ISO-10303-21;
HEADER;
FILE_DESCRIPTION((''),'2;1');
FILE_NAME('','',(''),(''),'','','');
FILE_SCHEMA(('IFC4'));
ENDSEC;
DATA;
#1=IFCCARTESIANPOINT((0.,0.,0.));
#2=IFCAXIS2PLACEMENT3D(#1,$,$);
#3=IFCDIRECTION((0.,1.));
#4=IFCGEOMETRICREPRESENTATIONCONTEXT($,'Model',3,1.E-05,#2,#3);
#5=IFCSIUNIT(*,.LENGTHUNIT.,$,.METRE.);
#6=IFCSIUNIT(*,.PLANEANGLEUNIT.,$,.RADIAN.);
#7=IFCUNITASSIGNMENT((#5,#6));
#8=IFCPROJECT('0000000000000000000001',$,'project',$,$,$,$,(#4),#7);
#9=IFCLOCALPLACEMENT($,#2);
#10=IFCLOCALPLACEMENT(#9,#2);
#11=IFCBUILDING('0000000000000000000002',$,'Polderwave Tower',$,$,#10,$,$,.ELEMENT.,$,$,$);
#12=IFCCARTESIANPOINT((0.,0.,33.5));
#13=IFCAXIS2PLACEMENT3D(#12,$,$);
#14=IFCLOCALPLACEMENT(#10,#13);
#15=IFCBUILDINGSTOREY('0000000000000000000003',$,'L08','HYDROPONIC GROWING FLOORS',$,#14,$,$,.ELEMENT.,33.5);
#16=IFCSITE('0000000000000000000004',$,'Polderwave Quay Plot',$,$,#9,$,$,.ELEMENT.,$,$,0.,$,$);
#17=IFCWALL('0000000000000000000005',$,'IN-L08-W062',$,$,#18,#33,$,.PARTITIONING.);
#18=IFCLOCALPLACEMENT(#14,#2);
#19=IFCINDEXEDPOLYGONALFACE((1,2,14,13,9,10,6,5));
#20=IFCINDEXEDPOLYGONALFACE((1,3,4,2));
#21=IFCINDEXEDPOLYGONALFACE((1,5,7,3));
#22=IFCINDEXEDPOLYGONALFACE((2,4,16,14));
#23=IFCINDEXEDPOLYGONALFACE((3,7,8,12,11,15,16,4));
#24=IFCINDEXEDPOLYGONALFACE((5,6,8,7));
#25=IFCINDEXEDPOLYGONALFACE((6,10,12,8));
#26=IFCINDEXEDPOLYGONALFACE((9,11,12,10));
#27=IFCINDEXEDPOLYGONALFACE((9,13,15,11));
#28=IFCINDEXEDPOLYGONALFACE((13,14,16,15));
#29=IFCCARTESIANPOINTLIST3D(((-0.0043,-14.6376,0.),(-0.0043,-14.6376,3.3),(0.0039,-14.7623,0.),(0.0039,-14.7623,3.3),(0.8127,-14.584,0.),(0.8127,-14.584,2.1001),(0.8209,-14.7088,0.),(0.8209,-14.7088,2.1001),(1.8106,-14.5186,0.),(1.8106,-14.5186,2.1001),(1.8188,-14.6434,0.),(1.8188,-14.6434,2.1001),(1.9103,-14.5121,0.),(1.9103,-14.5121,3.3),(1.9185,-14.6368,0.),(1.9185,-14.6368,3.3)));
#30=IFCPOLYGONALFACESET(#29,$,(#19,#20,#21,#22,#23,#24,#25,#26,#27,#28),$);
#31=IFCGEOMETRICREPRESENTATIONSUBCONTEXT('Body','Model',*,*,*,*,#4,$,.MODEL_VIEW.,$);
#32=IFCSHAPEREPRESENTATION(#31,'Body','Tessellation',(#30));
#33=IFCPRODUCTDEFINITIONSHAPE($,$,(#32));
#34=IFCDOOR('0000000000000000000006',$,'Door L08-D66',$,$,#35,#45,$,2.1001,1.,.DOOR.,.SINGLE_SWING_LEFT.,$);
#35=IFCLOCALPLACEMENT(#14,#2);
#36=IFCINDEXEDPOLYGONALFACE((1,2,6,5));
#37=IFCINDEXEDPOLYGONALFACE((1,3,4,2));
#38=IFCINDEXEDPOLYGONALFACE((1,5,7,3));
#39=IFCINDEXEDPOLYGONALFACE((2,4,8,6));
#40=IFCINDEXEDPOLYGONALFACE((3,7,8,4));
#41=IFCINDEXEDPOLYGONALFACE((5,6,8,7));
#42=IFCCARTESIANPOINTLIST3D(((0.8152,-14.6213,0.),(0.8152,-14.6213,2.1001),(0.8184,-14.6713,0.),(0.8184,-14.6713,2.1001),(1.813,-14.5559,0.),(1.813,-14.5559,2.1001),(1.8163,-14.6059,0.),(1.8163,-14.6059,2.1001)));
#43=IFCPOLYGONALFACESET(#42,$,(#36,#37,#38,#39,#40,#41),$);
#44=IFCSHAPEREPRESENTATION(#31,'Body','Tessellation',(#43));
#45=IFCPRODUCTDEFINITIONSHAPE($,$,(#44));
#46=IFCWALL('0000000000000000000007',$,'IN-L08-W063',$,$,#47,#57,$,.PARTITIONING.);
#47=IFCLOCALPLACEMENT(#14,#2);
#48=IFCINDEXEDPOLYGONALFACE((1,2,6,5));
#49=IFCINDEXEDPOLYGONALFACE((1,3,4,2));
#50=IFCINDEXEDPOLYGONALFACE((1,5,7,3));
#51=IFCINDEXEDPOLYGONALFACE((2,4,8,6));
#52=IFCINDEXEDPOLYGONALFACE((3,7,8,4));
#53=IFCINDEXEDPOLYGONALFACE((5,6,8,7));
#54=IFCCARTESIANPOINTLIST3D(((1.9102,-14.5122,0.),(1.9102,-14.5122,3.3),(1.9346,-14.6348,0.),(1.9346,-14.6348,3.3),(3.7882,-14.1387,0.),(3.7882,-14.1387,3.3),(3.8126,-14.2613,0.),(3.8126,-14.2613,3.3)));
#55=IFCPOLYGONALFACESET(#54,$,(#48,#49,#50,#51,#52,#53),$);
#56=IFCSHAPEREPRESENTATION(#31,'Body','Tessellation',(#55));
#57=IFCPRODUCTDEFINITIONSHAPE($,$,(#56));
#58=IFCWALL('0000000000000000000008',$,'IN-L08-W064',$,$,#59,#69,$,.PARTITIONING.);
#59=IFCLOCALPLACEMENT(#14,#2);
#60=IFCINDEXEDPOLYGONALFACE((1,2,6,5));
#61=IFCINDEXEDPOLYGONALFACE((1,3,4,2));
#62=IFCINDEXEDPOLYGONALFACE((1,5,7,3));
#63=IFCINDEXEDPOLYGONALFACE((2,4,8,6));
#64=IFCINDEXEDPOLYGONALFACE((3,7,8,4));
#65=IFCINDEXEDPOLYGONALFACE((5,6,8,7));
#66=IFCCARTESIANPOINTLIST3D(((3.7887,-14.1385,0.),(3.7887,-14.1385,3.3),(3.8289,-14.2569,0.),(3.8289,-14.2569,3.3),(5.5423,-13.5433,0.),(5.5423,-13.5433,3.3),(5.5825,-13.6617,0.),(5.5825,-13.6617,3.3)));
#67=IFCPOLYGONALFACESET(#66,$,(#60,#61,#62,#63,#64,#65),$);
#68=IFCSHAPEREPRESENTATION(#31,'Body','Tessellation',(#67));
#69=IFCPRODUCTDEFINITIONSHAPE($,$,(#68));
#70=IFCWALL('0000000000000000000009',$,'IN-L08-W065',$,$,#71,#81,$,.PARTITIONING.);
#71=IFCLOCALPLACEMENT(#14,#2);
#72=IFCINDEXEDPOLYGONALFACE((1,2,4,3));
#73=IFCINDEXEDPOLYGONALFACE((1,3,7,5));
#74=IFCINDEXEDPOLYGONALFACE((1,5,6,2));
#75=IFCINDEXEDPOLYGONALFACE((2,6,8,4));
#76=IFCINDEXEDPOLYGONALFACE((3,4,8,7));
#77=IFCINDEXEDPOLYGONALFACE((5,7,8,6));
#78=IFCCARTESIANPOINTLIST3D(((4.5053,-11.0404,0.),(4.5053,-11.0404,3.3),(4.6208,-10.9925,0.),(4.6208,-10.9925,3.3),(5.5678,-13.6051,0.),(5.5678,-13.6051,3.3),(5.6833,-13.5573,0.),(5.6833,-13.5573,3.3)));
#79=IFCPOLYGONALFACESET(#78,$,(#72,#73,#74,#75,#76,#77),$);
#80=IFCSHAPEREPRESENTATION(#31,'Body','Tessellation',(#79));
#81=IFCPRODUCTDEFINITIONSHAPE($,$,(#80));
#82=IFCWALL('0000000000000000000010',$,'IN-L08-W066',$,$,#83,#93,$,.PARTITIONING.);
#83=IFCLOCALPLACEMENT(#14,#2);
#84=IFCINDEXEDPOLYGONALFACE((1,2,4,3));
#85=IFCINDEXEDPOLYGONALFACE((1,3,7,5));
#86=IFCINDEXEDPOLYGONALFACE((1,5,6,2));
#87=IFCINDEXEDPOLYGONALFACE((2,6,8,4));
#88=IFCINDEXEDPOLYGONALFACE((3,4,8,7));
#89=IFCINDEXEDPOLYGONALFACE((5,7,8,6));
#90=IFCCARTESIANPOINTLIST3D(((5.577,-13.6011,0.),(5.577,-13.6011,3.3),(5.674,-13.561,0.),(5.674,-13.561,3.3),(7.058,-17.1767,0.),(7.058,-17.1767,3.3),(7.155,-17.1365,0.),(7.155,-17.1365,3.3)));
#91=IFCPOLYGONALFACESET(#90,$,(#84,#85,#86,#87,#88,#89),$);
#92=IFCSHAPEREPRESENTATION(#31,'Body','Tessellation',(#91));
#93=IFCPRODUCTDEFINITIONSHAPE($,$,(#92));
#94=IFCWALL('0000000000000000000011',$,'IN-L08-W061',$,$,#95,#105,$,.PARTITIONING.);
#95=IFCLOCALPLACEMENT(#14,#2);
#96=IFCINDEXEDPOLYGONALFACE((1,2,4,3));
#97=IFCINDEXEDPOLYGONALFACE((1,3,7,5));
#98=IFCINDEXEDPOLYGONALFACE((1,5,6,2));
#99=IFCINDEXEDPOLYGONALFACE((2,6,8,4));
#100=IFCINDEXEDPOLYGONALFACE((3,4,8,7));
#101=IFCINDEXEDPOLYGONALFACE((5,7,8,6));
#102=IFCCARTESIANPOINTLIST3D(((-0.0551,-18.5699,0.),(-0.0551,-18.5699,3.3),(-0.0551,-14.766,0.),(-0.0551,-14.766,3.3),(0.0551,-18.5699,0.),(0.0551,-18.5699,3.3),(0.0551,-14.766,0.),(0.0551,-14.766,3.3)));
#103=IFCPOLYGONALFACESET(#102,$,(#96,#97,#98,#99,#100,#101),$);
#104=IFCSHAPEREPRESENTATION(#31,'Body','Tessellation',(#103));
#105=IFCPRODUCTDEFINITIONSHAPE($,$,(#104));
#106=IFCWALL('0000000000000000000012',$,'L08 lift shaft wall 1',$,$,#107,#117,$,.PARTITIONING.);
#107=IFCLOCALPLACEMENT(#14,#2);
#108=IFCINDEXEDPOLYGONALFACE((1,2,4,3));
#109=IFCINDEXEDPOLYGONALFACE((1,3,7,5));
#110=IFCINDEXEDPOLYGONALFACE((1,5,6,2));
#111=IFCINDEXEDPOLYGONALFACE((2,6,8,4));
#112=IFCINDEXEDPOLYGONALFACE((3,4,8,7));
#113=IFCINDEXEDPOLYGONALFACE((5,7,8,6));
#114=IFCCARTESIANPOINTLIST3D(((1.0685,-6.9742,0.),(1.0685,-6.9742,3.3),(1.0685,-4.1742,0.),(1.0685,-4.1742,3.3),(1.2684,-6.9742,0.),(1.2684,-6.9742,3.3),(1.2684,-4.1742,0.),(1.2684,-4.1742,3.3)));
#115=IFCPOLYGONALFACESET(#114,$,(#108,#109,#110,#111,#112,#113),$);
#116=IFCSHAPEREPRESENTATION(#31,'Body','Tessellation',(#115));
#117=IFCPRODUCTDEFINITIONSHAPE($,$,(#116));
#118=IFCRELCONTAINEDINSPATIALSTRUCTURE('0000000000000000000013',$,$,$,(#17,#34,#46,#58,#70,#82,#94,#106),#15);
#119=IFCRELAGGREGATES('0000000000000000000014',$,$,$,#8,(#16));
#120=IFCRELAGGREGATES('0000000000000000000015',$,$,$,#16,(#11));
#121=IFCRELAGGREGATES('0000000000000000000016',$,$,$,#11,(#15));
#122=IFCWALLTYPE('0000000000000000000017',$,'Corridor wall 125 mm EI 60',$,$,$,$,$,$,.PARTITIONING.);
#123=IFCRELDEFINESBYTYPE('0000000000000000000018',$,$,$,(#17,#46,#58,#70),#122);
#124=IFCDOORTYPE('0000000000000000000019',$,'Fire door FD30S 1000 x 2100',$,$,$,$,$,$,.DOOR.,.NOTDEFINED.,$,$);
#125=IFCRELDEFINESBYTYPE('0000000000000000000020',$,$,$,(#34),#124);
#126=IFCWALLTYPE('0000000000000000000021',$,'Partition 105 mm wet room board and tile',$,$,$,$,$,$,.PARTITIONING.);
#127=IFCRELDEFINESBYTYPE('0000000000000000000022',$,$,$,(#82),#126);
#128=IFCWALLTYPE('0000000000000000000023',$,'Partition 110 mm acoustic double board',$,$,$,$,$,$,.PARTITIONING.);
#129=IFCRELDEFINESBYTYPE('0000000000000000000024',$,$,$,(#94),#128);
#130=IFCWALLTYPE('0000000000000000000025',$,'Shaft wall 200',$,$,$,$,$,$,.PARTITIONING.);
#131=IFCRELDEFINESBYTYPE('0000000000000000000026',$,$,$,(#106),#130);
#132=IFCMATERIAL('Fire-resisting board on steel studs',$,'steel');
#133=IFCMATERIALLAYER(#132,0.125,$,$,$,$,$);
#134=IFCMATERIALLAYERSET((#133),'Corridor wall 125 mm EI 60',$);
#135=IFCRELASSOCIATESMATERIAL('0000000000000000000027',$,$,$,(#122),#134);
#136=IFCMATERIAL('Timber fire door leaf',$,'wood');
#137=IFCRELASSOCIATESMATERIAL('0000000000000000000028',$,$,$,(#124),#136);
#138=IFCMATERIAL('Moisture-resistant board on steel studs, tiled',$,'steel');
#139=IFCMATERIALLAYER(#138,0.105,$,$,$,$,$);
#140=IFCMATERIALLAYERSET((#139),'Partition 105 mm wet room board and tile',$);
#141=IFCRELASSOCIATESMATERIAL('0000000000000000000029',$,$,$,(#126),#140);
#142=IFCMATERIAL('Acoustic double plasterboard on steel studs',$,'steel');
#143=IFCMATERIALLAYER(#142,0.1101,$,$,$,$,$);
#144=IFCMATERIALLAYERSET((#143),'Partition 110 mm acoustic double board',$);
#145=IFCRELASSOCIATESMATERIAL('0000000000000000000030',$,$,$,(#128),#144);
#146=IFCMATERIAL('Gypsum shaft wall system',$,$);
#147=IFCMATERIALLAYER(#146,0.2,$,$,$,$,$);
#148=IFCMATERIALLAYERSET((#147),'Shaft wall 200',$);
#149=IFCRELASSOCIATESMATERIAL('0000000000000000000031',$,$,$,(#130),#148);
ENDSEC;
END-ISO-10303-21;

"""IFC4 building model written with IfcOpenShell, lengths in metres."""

from ifc_helpers import new_model, si_unit, direction, frame, frame_2d, origin, place, context, subcontext, project, spatial, rectangle, extrude, material, layer, layer_set, type_object, element, fill, save


model = new_model("IFC4")

# Units and contexts
model_context = context("Model", 3, precision=1e-05, world=origin(), true_north=direction((0.0, 1.0)))
body_context = subcontext(model_context, "Body", "Model", "MODEL_VIEW")
ifc_project = project(units=[si_unit("LENGTHUNIT", "METRE"), si_unit("PLANEANGLEUNIT", "RADIAN")], contexts=[model_context])

# Site, building, storey
site_placement = place(None, origin())
site = spatial("IfcSite", under=ifc_project, at=site_placement, Name="Polderwave Quay Plot", CompositionType="ELEMENT", RefElevation=0.0)
building_placement = place(site_placement, origin())
building = spatial("IfcBuilding", under=site, at=building_placement, Name="Polderwave Tower", CompositionType="ELEMENT")
storey_placement = place(building_placement, frame((0.0, 0.0, 33.5)))
storey = spatial("IfcBuildingStorey", under=building, at=storey_placement, Name="L08", Description="HYDROPONIC GROWING FLOORS", CompositionType="ELEMENT", Elevation=33.5)

# Shared definitions
ifc_material_1 = material(Name="Fire-resisting board on steel studs", Category="steel")
ifc_layer_1 = layer(ifc_material_1, 0.125)
ifc_layer_set_1 = layer_set([ifc_layer_1], Name="Corridor wall 125 mm EI 60")
wall_type_1 = type_object("IfcWallType", Name="Corridor wall 125 mm EI 60", PredefinedType="PARTITIONING", material=ifc_layer_set_1)

# Wall, opening, door
ifc_material_2 = material(Name="Timber fire door leaf", Category="wood")
door_type = type_object("IfcDoorType", Name="Fire door FD30S 1000 x 2100", OperationType="NOTDEFINED", PredefinedType="DOOR", material=ifc_material_2)
wall_1_placement = place(storey_placement, frame((1.9146, -14.5745, 0.0), z_axis=(0.0, 0.0, 1.0), x_axis=(-0.997859, -0.065404, 0.0)))
wall_1 = element("IfcWall", 1, at=wall_1_placement, inside=storey, type_object=wall_type_1, Name="IN-L08-W062", PredefinedType="PARTITIONING", context=body_context, shape_type="SweptSolid", body=[
    extrude(rectangle(XDim=1.9187, YDim=0.125, at=frame_2d((0.9595, 0.0))), origin(), (0.0, 0.0, 1.0), 3.3),
])
opening_1_placement = place(wall_1_placement, frame((0.1001, 0.0, 0.0)))
opening_1 = element("IfcOpeningElement", 2, at=opening_1_placement, cuts=wall_1, PredefinedType="OPENING", context=body_context, shape_type="SweptSolid", body=[
    extrude(rectangle(XDim=1.0, YDim=2.1001, at=frame_2d((0.5, 1.05))), frame((0.0, 0.0725, 0.0), z_axis=(0.0, -1.0, 0.0), x_axis=(1.0, 0.0, 0.0)), (0.0, 0.0, 1.0), 0.145),
])
door_1_placement = place(opening_1_placement, origin())
door_1 = element("IfcDoor", 3, at=door_1_placement, inside=storey, type_object=door_type, Name="Door L08-D66", OperationType="SINGLE_SWING_LEFT", OverallHeight=2.1001, OverallWidth=1.0, PredefinedType="DOOR", context=body_context, shape_type="SweptSolid", body=[
    extrude(rectangle(XDim=1.0, YDim=2.1001, at=frame_2d((0.5, 1.05))), frame((0.0, 0.0249, 0.0), z_axis=(0.0, -1.0, 0.0), x_axis=(1.0, 0.0, 0.0)), (0.0, 0.0, 1.0), 0.05),
])
fill(opening_1, door_1)

# Walls
wall_2_placement = place(storey_placement, frame((3.8005, -14.2, 0.0), z_axis=(0.0, 0.0, 1.0), x_axis=(-0.980786, -0.195086, 0.0)))
element("IfcWall", 4, at=wall_2_placement, inside=storey, type_object=wall_type_1, Name="IN-L08-W063", PredefinedType="PARTITIONING", context=body_context, shape_type="SweptSolid", body=[
    extrude(rectangle(XDim=1.9148, YDim=0.125, at=frame_2d((0.9575, 0.0))), origin(), (0.0, 0.0, 1.0), 3.3),
])
wall_3_placement = place(storey_placement, frame((5.5623, -13.6025, 0.0), z_axis=(0.0, 0.0, 1.0), x_axis=(-0.946942, -0.321404, 0.0)))
element("IfcWall", 5, at=wall_3_placement, inside=storey, type_object=wall_type_1, Name="IN-L08-W064", PredefinedType="PARTITIONING", context=body_context, shape_type="SweptSolid", body=[
    extrude(rectangle(XDim=1.8518, YDim=0.125, at=frame_2d((0.9258, 0.0))), origin(), (0.0, 0.0, 1.0), 3.3),
])
wall_4_placement = place(storey_placement, frame((4.563, -11.0164, 0.0), z_axis=(0.0, 0.0, 1.0), x_axis=(0.382735, -0.923858, 0.0)))
element("IfcWall", 6, at=wall_4_placement, inside=storey, type_object=wall_type_1, Name="IN-L08-W065", PredefinedType="PARTITIONING", context=body_context, shape_type="SweptSolid", body=[
    extrude(rectangle(XDim=2.7761, YDim=0.125, at=frame_2d((1.3882, 0.0))), origin(), (0.0, 0.0, 1.0), 3.3),
])
ifc_material_3 = material(Name="Moisture-resistant board on steel studs, tiled", Category="steel")
ifc_layer_2 = layer(ifc_material_3, 0.105)
ifc_layer_set_2 = layer_set([ifc_layer_2], Name="Partition 105 mm wet room board and tile")
wall_type_2 = type_object("IfcWallType", Name="Partition 105 mm wet room board and tile", PredefinedType="PARTITIONING", material=ifc_layer_set_2)
wall_5_placement = place(storey_placement, frame((5.6255, -13.5811, 0.0), z_axis=(0.0, 0.0, 1.0), x_axis=(0.382675, -0.923883, 0.0)))
element("IfcWall", 7, at=wall_5_placement, inside=storey, type_object=wall_type_2, Name="IN-L08-W066", PredefinedType="PARTITIONING", context=body_context, shape_type="SweptSolid", body=[
    extrude(rectangle(XDim=3.8701, YDim=0.105, at=frame_2d((1.9351, 0.0))), origin(), (0.0, 0.0, 1.0), 3.3),
])
ifc_material_4 = material(Name="Acoustic double plasterboard on steel studs", Category="steel")
ifc_layer_3 = layer(ifc_material_4, 0.1101)
ifc_layer_set_3 = layer_set([ifc_layer_3], Name="Partition 110 mm acoustic double board")
wall_type_3 = type_object("IfcWallType", Name="Partition 110 mm acoustic double board", PredefinedType="PARTITIONING", material=ifc_layer_set_3)
wall_6_placement = place(storey_placement, frame((0.0, -14.7661, 0.0), z_axis=(0.0, 0.0, 1.0), x_axis=(0.0, -1.0, 0.0)))
element("IfcWall", 8, at=wall_6_placement, inside=storey, type_object=wall_type_3, Name="IN-L08-W061", PredefinedType="PARTITIONING", context=body_context, shape_type="SweptSolid", body=[
    extrude(rectangle(XDim=3.804, YDim=0.1101, at=frame_2d((1.9019, 0.0))), origin(), (0.0, 0.0, 1.0), 3.3),
])
ifc_material_5 = material(Name="Gypsum shaft wall system")
ifc_layer_4 = layer(ifc_material_5, 0.2)
ifc_layer_set_4 = layer_set([ifc_layer_4], Name="Shaft wall 200")
wall_type_4 = type_object("IfcWallType", Name="Shaft wall 200", PredefinedType="PARTITIONING", material=ifc_layer_set_4)
wall_7_placement = place(storey_placement, frame((1.1685, -6.9741, 0.0), z_axis=(0.0, 0.0, 1.0), x_axis=(0.0, 1.0, 0.0)))
element("IfcWall", 9, at=wall_7_placement, inside=storey, type_object=wall_type_4, Name="L08 lift shaft wall 1", PredefinedType="PARTITIONING", context=body_context, shape_type="SweptSolid", body=[
    extrude(rectangle(XDim=2.8, YDim=0.2, at=frame_2d((1.3999, 0.0))), origin(), (0.0, 0.0, 1.0), 3.3),
])

save(model, "model.ifc")
